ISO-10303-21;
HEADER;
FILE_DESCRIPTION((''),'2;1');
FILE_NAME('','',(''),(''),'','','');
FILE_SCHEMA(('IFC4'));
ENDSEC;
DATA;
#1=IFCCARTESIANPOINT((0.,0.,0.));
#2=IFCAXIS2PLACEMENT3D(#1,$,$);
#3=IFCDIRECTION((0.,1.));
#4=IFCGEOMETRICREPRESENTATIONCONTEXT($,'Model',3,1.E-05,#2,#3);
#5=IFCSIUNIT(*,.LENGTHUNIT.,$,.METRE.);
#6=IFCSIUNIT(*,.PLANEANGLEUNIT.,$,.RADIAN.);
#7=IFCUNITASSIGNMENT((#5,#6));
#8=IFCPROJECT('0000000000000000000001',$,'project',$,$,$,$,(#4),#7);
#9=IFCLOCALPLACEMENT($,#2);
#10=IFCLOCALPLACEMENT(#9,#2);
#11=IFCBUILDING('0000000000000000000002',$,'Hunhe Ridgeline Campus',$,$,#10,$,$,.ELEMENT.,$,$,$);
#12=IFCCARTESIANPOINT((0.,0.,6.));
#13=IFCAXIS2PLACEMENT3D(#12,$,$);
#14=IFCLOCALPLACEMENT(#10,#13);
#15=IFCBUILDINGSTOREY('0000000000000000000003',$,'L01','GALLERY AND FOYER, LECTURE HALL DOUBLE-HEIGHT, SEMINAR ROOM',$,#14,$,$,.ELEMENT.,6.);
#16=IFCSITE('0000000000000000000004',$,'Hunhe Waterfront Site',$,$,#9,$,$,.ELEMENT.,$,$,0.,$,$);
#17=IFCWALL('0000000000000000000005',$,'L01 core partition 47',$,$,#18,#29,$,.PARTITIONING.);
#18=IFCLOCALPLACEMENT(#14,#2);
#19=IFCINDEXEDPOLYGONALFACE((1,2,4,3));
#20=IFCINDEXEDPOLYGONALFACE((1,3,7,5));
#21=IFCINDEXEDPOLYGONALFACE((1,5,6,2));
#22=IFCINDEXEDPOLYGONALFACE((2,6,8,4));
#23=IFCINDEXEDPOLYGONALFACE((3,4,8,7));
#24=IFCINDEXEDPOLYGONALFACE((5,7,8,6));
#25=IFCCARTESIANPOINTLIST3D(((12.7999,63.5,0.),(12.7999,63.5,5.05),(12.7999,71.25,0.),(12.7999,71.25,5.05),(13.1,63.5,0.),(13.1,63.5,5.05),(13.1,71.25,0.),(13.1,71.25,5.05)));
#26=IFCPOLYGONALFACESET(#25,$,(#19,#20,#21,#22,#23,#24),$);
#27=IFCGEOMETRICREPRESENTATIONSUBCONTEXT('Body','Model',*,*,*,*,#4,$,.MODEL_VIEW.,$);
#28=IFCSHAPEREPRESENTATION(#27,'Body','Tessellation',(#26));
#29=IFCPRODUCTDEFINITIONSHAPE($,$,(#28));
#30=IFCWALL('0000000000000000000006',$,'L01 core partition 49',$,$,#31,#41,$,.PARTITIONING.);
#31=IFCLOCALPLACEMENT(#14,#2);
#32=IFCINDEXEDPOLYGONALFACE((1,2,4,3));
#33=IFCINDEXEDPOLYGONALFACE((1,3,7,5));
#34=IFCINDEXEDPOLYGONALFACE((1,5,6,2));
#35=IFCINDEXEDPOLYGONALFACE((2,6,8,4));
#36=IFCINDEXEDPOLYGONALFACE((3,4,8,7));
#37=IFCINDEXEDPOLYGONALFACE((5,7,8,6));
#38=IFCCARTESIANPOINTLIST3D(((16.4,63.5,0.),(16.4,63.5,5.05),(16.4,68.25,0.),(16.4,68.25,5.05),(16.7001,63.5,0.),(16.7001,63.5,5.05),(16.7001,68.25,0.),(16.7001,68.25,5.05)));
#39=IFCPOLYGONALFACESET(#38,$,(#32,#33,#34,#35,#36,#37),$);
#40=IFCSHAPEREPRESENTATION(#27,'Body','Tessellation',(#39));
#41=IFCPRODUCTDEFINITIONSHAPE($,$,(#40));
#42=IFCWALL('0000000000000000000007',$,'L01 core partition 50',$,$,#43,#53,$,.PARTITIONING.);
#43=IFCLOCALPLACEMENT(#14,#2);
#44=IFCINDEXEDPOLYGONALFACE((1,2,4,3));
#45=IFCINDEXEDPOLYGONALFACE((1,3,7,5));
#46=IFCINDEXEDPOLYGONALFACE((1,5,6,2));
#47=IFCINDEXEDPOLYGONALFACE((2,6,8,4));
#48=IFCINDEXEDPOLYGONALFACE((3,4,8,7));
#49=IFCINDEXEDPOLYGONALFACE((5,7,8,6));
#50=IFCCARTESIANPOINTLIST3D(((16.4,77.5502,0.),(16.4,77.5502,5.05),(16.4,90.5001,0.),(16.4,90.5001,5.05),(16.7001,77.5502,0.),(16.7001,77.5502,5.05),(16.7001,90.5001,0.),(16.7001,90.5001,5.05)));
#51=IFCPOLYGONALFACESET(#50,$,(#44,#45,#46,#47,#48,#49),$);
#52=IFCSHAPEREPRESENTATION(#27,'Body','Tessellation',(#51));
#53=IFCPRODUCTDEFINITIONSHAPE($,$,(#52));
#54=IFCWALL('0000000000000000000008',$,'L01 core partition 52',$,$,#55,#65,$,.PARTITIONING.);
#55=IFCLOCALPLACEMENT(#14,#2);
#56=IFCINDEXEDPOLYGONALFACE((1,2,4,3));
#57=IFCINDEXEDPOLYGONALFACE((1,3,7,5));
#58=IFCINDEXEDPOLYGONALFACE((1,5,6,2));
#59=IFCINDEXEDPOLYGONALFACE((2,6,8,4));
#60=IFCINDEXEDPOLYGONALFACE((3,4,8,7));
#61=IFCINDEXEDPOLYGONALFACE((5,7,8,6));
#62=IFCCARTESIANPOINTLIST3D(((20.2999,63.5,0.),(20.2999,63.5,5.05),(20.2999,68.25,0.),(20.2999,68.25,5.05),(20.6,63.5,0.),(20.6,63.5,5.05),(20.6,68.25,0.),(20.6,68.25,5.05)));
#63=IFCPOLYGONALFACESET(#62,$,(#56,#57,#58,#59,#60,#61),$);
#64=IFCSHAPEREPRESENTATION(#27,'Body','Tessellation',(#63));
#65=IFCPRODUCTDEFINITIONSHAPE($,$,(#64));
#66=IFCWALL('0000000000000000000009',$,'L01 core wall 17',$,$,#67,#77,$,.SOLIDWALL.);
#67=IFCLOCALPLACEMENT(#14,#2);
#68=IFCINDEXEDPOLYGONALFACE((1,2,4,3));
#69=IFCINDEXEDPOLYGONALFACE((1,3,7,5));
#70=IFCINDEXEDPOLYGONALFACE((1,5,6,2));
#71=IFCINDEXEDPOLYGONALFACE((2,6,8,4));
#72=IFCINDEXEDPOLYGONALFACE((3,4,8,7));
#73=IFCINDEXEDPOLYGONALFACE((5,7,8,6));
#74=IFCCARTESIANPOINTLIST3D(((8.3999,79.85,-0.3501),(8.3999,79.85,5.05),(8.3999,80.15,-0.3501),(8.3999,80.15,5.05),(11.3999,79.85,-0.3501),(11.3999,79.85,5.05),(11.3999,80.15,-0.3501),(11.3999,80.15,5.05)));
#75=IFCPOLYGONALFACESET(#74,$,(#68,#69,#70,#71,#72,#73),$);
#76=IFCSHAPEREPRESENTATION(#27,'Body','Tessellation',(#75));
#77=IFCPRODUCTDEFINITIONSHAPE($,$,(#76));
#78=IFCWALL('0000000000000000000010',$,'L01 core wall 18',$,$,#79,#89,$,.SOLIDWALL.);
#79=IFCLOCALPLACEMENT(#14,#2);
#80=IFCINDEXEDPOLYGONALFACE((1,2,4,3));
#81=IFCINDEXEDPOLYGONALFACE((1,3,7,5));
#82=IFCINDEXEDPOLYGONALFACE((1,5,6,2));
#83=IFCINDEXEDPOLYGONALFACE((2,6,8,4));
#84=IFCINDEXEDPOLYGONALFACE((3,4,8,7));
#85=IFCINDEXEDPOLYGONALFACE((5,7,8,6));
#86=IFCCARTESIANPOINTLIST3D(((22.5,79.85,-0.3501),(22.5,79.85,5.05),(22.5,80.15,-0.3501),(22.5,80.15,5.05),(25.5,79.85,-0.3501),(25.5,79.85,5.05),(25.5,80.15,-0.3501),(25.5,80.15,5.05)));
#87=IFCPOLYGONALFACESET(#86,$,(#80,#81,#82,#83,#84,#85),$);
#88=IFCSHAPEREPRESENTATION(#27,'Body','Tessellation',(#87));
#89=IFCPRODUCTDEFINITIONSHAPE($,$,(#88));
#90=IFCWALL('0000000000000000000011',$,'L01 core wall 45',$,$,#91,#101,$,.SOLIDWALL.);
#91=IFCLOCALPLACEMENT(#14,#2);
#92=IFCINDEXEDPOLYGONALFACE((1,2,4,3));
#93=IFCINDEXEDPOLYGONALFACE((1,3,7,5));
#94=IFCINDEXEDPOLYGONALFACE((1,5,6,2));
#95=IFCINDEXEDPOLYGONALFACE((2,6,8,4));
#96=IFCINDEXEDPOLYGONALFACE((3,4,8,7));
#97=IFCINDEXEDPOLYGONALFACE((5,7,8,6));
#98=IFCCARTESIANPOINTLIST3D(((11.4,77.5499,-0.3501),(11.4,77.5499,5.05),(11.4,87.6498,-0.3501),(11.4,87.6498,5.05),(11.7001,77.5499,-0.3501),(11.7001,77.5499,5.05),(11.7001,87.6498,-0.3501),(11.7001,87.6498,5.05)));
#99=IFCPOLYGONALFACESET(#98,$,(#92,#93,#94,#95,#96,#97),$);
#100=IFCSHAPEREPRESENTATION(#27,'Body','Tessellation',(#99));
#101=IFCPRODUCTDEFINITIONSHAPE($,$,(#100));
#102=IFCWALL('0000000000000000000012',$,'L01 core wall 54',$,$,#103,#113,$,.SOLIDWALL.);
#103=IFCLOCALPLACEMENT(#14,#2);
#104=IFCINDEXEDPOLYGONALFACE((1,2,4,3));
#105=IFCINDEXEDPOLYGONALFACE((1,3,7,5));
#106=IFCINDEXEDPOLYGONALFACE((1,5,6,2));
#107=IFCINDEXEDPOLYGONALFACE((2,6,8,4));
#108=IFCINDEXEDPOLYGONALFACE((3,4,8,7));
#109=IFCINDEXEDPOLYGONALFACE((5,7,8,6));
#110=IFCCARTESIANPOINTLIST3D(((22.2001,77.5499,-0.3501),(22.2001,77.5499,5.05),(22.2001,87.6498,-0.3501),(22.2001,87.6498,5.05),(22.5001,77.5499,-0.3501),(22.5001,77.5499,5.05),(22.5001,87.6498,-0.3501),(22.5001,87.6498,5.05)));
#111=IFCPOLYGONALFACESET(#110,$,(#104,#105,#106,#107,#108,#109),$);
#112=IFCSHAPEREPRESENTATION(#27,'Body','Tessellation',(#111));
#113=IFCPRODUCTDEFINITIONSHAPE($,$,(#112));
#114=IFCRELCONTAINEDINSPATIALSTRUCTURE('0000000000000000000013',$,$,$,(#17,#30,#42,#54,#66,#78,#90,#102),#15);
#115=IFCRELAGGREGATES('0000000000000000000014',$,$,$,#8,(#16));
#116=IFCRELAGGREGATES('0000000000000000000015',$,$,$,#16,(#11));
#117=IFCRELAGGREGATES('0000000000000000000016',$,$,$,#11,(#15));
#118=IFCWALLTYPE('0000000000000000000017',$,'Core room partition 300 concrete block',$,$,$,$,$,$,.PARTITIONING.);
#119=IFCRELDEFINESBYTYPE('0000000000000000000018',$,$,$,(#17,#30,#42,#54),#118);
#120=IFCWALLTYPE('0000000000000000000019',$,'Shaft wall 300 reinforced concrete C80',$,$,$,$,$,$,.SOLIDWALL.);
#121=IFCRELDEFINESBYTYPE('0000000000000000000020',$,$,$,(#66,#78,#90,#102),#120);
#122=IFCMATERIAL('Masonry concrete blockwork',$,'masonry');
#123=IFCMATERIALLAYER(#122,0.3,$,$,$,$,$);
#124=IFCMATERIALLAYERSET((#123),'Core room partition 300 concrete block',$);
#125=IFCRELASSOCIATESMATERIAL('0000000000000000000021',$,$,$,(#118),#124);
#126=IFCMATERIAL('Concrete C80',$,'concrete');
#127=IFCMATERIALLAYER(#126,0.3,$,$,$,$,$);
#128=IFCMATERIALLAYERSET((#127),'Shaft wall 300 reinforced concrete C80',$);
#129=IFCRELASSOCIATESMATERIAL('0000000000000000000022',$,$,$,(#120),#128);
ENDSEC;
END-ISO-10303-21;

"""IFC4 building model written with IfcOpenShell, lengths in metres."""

from ifc_helpers import new_model, si_unit, direction, frame, frame_2d, origin, place, context, subcontext, project, spatial, rectangle, extrude, material, layer, layer_set, type_object, element, save


model = new_model("IFC4")

# Units and contexts
model_context = context("Model", 3, precision=1e-05, world=origin(), true_north=direction((0.0, 1.0)))
body_context = subcontext(model_context, "Body", "Model", "MODEL_VIEW")
ifc_project = project(units=[si_unit("LENGTHUNIT", "METRE"), si_unit("PLANEANGLEUNIT", "RADIAN")], contexts=[model_context])

# Site, building, storey
site_placement = place(None, origin())
site = spatial("IfcSite", under=ifc_project, at=site_placement, Name="Hunhe Waterfront Site", CompositionType="ELEMENT", RefElevation=0.0)
building_placement = place(site_placement, origin())
building = spatial("IfcBuilding", under=site, at=building_placement, Name="Hunhe Ridgeline Campus", CompositionType="ELEMENT")
storey_placement = place(building_placement, frame((0.0, 0.0, 6.0)))
storey = spatial("IfcBuildingStorey", under=building, at=storey_placement, Name="L01", Description="GALLERY AND FOYER, LECTURE HALL DOUBLE-HEIGHT, SEMINAR ROOM", CompositionType="ELEMENT", Elevation=6.0)

# Shared definitions
ifc_material_1 = material(Name="Masonry concrete blockwork", Category="masonry")
ifc_layer_1 = layer(ifc_material_1, 0.3)
ifc_layer_set_1 = layer_set([ifc_layer_1], Name="Core room partition 300 concrete block")
wall_type_1 = type_object("IfcWallType", Name="Core room partition 300 concrete block", PredefinedType="PARTITIONING", material=ifc_layer_set_1)

# Walls
wall_1_placement = place(storey_placement, frame((12.95, 63.5, 0.0), z_axis=(0.0, 0.0, 1.0), x_axis=(0.0, 1.0, 0.0)))
element("IfcWall", 1, at=wall_1_placement, inside=storey, type_object=wall_type_1, Name="L01 core partition 47", PredefinedType="PARTITIONING", context=body_context, shape_type="SweptSolid", body=[
    extrude(rectangle(XDim=7.75, YDim=0.3, at=frame_2d((3.875, 0.0))), origin(), (0.0, 0.0, 1.0), 5.05),
])
wall_2_placement = place(storey_placement, frame((16.55, 63.5, 0.0), z_axis=(0.0, 0.0, 1.0), x_axis=(0.0, 1.0, 0.0)))
element("IfcWall", 2, at=wall_2_placement, inside=storey, type_object=wall_type_1, Name="L01 core partition 49", PredefinedType="PARTITIONING", context=body_context, shape_type="SweptSolid", body=[
    extrude(rectangle(XDim=4.75, YDim=0.3, at=frame_2d((2.375, 0.0))), origin(), (0.0, 0.0, 1.0), 5.05),
])
wall_3_placement = place(storey_placement, frame((16.55, 77.55, 0.0), z_axis=(0.0, 0.0, 1.0), x_axis=(0.0, 1.0, 0.0)))
element("IfcWall", 3, at=wall_3_placement, inside=storey, type_object=wall_type_1, Name="L01 core partition 50", PredefinedType="PARTITIONING", context=body_context, shape_type="SweptSolid", body=[
    extrude(rectangle(XDim=12.95, YDim=0.3, at=frame_2d((6.4751, 0.0))), origin(), (0.0, 0.0, 1.0), 5.05),
])
wall_4_placement = place(storey_placement, frame((20.45, 63.5, 0.0), z_axis=(0.0, 0.0, 1.0), x_axis=(0.0, 1.0, 0.0)))
element("IfcWall", 4, at=wall_4_placement, inside=storey, type_object=wall_type_1, Name="L01 core partition 52", PredefinedType="PARTITIONING", context=body_context, shape_type="SweptSolid", body=[
    extrude(rectangle(XDim=4.75, YDim=0.3, at=frame_2d((2.375, 0.0))), origin(), (0.0, 0.0, 1.0), 5.05),
])
ifc_material_2 = material(Name="Concrete C80", Category="concrete")
ifc_layer_2 = layer(ifc_material_2, 0.3)
ifc_layer_set_2 = layer_set([ifc_layer_2], Name="Shaft wall 300 reinforced concrete C80")
wall_type_2 = type_object("IfcWallType", Name="Shaft wall 300 reinforced concrete C80", PredefinedType="SOLIDWALL", material=ifc_layer_set_2)
for number, where, z_axis, x_axis, name in (
    (5, (8.3999, 80.0, -0.3501), (0.0, 0.0, 1.0), (1.0, 0.0, 0.0), "L01 core wall 17"),
    (6, (22.5, 80.0, -0.3501), (0.0, 0.0, 1.0), (1.0, 0.0, 0.0), "L01 core wall 18"),
):
    element("IfcWall", number, at=place(storey_placement, frame(where, z_axis=z_axis, x_axis=x_axis)), inside=storey, type_object=wall_type_2, Name=name, PredefinedType="SOLIDWALL", context=body_context, shape_type="SweptSolid", body=[
        extrude(rectangle(XDim=3.0, YDim=0.3, at=frame_2d((1.5, 0.0))), origin(), (0.0, 0.0, 1.0), 5.4001),
    ])

# Walls
for number, where, z_axis, x_axis, name in (
    (7, (11.55, 77.55, -0.3501), (0.0, 0.0, 1.0), (0.0, 1.0, 0.0), "L01 core wall 45"),
    (8, (22.3501, 77.55, -0.3501), (0.0, 0.0, 1.0), (0.0, 1.0, 0.0), "L01 core wall 54"),
):
    element("IfcWall", number, at=place(storey_placement, frame(where, z_axis=z_axis, x_axis=x_axis)), inside=storey, type_object=wall_type_2, Name=name, PredefinedType="SOLIDWALL", context=body_context, shape_type="SweptSolid", body=[
        extrude(rectangle(XDim=10.0999, YDim=0.3, at=frame_2d((5.0498, 0.0))), origin(), (0.0, 0.0, 1.0), 5.4001),
    ])

save(model, "model.ifc")
